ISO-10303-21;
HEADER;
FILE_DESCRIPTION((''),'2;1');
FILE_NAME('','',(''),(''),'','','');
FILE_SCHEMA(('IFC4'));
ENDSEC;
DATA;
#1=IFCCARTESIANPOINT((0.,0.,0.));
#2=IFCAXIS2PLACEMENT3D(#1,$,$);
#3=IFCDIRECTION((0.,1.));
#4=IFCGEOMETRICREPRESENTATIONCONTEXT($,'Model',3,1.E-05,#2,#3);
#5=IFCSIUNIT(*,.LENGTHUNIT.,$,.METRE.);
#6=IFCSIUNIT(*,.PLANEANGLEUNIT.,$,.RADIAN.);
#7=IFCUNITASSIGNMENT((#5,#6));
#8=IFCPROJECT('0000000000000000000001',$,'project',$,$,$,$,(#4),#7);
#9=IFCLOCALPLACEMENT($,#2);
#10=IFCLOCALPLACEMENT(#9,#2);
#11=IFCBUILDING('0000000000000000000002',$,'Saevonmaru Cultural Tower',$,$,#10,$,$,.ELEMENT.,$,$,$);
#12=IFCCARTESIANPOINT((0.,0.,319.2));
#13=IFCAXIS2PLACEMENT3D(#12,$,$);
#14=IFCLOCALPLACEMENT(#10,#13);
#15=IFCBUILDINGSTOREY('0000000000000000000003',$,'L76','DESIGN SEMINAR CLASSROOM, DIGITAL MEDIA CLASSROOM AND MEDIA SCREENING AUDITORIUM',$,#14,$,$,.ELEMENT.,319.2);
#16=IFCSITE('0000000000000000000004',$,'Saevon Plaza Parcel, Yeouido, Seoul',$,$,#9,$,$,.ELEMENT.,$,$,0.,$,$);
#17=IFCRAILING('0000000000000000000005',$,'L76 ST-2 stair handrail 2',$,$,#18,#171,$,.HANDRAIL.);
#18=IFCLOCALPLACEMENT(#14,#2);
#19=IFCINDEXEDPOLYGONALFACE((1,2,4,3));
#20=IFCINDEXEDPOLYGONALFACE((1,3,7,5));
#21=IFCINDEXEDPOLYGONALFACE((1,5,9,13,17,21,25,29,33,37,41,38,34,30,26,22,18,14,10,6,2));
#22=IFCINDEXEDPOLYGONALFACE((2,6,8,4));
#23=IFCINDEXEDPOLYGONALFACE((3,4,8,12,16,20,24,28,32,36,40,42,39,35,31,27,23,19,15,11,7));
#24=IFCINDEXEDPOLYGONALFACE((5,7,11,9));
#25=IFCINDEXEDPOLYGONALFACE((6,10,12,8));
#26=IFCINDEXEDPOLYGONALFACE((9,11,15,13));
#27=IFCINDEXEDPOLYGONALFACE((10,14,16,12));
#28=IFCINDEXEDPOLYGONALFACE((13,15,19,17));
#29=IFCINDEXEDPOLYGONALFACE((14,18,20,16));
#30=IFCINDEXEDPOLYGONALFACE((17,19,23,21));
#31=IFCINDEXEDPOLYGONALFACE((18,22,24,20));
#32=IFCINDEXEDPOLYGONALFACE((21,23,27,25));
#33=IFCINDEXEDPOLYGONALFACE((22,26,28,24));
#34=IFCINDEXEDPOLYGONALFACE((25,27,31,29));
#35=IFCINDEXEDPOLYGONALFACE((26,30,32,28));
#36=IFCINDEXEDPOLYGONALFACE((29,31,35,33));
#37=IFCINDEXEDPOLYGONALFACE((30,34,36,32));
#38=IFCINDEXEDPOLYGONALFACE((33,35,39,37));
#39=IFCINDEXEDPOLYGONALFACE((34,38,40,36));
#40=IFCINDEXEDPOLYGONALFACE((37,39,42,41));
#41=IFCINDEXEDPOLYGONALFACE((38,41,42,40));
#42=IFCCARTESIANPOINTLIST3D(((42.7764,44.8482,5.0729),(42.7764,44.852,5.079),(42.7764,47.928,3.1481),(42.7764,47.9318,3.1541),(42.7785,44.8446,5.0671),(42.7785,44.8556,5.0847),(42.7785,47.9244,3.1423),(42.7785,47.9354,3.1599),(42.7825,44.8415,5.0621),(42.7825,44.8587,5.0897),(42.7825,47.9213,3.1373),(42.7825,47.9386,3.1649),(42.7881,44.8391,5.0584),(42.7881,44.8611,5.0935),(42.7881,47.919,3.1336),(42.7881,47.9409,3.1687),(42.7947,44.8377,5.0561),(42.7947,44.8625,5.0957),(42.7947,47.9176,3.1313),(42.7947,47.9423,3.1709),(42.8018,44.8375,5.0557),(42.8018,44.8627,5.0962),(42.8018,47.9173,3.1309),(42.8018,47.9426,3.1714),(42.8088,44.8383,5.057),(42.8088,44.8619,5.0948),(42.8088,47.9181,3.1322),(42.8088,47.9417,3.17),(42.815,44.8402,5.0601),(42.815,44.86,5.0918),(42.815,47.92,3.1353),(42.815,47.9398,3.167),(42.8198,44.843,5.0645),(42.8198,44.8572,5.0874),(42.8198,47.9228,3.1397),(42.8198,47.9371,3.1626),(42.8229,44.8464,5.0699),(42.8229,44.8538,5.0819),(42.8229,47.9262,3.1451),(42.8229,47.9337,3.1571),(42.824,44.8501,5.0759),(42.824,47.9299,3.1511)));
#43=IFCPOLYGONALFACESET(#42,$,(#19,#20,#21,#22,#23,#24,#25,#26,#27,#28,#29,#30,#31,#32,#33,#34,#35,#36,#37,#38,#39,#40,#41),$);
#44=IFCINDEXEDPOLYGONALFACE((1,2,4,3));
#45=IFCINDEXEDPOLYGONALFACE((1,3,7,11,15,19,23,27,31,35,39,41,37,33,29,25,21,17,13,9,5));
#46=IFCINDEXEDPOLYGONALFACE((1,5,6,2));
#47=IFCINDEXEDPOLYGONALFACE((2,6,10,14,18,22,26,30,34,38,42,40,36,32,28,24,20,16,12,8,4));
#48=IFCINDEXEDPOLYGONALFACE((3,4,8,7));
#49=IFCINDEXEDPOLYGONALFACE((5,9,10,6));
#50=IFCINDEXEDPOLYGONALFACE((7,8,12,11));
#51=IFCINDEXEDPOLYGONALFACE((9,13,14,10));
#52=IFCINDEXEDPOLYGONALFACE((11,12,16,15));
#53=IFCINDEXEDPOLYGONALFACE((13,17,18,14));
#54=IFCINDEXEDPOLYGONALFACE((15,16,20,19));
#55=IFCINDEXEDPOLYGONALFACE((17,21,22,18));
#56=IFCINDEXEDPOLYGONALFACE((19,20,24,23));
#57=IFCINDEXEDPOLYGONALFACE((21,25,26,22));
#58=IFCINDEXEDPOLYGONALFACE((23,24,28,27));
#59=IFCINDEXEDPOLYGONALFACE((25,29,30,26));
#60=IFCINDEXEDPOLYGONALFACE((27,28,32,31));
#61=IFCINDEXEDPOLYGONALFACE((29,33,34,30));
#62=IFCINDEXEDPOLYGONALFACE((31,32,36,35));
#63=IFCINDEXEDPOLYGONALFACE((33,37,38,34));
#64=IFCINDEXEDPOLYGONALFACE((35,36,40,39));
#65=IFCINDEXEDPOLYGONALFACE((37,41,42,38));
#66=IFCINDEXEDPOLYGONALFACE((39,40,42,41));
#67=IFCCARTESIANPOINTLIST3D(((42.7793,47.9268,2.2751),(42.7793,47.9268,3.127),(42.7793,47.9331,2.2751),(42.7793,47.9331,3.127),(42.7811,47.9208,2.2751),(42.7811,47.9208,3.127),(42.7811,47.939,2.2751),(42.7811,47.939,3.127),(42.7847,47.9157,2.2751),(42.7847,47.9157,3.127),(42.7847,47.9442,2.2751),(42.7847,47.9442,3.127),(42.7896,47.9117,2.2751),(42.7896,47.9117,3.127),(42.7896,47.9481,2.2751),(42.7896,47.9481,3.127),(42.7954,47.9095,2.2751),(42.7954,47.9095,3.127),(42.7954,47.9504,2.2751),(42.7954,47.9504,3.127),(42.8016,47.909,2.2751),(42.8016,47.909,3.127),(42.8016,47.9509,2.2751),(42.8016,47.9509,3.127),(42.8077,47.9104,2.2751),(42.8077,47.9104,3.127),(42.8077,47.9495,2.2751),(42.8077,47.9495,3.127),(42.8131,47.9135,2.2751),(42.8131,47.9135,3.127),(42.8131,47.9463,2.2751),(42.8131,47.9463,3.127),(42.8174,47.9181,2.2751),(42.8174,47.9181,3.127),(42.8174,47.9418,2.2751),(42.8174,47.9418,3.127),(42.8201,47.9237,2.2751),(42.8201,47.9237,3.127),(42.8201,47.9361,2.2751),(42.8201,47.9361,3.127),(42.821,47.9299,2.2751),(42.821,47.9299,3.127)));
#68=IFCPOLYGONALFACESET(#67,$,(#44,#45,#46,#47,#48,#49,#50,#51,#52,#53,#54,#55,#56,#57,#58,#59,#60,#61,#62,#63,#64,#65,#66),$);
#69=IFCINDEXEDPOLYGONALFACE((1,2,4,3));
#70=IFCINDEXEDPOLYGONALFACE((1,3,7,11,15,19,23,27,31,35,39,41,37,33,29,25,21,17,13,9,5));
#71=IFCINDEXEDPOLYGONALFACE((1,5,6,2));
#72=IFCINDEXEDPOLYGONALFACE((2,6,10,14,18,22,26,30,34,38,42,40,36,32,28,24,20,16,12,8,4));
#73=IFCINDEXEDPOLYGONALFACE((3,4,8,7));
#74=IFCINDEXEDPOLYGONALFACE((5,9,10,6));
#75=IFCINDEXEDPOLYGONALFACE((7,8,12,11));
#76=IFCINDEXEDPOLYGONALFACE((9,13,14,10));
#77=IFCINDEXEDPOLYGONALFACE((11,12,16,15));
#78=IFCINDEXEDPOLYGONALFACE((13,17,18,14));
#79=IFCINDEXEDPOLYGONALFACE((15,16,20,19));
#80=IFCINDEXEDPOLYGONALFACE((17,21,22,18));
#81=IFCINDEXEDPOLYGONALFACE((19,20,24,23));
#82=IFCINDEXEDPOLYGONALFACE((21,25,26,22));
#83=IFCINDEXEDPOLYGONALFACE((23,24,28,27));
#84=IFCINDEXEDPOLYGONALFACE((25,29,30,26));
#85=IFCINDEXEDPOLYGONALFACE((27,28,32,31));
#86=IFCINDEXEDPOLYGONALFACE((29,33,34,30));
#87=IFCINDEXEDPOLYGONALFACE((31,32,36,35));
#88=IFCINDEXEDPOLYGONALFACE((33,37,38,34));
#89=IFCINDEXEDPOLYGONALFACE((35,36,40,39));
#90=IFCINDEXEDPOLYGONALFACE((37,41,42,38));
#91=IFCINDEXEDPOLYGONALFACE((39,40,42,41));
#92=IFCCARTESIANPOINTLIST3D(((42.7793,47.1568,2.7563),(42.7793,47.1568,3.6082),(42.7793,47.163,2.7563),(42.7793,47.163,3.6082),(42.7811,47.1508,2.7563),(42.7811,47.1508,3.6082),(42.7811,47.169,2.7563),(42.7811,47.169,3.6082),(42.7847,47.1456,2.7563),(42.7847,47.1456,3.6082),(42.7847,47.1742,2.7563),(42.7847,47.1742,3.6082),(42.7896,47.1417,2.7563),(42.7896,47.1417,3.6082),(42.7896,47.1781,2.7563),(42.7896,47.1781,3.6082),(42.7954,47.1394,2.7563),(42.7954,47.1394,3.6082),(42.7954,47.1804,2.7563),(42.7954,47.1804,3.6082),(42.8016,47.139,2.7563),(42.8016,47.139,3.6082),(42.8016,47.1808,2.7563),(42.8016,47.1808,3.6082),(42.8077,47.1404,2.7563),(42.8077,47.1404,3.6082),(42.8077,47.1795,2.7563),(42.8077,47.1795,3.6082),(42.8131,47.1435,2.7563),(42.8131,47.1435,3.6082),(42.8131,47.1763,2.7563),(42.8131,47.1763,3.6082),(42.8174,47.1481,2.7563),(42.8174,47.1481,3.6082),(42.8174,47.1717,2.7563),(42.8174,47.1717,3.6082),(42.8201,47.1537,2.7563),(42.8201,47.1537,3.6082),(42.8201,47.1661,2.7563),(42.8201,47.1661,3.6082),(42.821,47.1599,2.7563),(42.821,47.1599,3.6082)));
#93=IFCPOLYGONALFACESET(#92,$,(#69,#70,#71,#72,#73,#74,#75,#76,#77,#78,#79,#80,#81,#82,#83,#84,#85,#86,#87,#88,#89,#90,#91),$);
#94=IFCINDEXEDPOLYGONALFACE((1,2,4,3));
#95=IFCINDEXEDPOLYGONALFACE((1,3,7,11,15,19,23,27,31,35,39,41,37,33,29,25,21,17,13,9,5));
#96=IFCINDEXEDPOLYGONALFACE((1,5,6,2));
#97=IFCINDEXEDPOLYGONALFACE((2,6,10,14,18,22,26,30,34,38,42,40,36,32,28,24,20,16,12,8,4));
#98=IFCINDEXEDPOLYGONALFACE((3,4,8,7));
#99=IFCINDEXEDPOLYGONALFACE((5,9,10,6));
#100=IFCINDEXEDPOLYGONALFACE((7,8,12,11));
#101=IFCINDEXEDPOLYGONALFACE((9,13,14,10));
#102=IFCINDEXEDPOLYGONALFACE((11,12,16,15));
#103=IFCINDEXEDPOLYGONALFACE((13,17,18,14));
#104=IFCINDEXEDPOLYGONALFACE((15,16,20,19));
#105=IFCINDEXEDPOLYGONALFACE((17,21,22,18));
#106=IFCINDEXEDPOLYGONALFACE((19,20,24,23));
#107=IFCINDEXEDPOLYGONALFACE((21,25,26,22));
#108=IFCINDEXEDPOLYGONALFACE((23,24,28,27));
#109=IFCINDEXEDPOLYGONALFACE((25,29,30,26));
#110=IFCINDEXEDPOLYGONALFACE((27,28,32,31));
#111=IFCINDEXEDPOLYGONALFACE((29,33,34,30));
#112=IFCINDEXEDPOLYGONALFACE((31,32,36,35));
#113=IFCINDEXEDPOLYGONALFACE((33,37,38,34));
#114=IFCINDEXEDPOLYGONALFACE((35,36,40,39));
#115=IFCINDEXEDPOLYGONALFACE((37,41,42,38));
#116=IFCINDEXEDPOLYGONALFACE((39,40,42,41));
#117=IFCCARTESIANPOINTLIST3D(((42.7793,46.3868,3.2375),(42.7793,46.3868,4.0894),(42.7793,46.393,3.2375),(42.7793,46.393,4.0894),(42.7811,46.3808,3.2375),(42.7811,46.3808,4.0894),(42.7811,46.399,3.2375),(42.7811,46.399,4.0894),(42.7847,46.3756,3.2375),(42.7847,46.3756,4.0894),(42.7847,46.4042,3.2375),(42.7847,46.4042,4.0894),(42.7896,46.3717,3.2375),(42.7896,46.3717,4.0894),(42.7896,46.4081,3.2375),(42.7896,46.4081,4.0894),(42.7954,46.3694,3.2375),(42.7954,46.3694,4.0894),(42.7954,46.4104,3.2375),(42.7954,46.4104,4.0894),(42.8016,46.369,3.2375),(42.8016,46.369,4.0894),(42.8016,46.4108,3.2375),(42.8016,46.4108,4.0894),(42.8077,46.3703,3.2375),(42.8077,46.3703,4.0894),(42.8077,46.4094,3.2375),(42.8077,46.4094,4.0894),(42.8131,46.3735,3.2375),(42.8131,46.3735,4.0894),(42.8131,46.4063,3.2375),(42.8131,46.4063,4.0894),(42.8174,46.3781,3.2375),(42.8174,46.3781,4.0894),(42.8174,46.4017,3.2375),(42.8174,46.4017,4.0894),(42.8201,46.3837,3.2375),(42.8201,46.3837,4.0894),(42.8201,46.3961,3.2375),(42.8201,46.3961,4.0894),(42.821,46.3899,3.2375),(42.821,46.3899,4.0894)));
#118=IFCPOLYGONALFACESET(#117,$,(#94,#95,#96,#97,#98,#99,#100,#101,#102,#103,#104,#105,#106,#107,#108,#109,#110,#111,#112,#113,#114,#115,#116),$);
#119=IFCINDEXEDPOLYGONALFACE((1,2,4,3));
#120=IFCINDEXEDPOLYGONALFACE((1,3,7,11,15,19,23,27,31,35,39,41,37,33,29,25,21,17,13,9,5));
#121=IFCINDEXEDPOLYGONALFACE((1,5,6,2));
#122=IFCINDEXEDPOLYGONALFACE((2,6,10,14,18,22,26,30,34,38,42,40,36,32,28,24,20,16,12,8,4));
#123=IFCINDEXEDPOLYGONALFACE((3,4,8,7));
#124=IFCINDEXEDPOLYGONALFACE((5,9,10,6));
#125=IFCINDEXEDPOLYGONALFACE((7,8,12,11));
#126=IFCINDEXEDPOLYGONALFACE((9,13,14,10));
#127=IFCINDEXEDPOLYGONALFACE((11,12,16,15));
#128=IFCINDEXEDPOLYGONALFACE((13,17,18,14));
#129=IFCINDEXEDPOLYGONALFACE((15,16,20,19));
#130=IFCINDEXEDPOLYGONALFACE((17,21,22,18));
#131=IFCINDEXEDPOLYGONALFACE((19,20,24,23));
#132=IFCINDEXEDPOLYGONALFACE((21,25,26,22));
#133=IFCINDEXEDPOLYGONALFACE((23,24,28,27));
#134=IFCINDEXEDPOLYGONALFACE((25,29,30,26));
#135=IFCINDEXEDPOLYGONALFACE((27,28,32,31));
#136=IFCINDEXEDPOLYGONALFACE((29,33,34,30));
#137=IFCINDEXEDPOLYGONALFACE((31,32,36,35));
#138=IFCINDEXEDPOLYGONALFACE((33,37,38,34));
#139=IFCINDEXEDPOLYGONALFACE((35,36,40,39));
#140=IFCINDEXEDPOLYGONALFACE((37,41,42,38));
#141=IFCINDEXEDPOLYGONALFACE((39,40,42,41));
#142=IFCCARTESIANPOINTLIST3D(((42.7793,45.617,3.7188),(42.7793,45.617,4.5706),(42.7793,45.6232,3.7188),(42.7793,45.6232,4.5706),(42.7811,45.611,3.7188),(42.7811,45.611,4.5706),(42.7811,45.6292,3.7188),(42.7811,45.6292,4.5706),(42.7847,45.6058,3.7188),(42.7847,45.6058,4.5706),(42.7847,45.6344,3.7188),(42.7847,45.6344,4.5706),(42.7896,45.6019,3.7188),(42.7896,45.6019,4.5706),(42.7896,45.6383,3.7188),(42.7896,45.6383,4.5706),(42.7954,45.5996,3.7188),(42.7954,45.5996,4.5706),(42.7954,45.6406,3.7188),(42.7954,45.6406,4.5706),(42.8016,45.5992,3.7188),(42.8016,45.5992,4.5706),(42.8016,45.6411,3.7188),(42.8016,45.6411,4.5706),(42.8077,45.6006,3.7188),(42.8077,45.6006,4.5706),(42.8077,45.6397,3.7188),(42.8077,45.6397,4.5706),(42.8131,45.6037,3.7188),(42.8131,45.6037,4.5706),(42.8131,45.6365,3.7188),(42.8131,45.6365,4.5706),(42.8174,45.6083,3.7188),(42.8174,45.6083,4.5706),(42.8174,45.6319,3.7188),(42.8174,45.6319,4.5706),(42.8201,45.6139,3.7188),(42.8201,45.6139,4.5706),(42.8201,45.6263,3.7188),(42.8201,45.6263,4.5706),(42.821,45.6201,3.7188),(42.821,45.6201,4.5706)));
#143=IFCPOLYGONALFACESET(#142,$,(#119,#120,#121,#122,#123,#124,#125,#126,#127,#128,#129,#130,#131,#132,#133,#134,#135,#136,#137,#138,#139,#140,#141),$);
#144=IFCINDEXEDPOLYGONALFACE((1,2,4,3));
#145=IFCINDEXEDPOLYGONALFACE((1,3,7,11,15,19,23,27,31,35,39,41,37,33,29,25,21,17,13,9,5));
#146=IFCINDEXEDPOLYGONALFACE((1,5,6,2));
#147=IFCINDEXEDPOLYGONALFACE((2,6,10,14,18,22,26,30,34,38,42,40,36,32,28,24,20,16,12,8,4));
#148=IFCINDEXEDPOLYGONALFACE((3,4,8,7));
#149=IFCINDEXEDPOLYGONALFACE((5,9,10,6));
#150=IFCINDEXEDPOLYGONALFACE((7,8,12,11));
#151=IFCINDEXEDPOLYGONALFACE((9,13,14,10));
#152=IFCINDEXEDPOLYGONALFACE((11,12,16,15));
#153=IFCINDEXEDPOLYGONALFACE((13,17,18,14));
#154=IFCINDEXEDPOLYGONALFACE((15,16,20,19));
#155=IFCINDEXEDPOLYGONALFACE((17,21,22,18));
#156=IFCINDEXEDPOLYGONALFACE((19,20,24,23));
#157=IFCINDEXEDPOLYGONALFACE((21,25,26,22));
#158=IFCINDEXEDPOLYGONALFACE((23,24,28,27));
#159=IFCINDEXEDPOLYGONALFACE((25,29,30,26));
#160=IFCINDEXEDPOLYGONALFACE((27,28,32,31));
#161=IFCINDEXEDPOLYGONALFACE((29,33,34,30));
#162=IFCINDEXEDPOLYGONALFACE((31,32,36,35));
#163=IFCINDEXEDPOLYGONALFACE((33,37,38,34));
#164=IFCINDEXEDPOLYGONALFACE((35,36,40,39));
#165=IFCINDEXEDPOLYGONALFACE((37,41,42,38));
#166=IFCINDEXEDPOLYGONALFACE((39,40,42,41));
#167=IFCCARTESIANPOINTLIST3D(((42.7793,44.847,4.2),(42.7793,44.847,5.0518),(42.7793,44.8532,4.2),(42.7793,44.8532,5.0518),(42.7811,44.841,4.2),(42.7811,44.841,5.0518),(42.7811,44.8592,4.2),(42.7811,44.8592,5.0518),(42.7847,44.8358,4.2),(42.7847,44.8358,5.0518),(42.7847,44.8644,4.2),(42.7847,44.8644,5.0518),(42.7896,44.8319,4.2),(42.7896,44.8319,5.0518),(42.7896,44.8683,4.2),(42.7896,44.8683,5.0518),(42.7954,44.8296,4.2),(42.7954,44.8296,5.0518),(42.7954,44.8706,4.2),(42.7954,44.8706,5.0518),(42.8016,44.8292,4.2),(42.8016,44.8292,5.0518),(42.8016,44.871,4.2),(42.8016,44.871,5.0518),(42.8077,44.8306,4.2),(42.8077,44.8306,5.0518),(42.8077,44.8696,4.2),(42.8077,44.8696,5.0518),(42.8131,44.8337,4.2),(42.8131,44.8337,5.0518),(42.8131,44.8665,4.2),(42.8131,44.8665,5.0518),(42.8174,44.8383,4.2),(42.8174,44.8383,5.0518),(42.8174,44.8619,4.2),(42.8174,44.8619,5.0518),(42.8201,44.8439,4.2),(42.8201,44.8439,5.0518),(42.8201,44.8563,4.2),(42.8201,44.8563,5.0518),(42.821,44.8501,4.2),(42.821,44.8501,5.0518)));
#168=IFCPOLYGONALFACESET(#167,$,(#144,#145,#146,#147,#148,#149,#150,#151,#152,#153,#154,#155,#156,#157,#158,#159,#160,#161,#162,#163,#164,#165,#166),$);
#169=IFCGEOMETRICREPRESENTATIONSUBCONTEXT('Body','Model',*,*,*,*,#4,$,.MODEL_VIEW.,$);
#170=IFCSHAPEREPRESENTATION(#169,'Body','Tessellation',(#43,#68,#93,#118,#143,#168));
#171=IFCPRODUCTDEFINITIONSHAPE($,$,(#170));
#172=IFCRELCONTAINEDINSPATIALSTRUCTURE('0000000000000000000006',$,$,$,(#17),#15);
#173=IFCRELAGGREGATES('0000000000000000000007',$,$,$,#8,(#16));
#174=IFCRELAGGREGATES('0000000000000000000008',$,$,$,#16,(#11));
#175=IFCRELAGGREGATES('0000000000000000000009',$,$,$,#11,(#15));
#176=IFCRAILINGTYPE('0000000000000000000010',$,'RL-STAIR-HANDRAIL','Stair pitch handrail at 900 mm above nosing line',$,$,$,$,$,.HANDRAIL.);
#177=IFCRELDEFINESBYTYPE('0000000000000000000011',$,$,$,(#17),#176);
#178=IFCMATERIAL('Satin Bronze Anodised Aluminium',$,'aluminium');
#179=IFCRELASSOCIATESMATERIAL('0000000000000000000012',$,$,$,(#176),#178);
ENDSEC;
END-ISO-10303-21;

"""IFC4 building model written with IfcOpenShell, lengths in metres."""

from ifc_helpers import new_model, si_unit, direction, frame, origin, origin_2d, place, context, subcontext, project, spatial, circle, extrude, material, type_object, element, save


model = new_model("IFC4")

# Units and contexts
model_context = context("Model", 3, precision=1e-05, world=origin(), true_north=direction((0.0, 1.0)))
body_context = subcontext(model_context, "Body", "Model", "MODEL_VIEW")
ifc_project = project(units=[si_unit("LENGTHUNIT", "METRE"), si_unit("PLANEANGLEUNIT", "RADIAN")], contexts=[model_context])

# Site, building, storey
site_placement = place(None, origin())
site = spatial("IfcSite", under=ifc_project, at=site_placement, Name="Saevon Plaza Parcel, Yeouido, Seoul", CompositionType="ELEMENT", RefElevation=0.0)
building_placement = place(site_placement, origin())
building = spatial("IfcBuilding", under=site, at=building_placement, Name="Saevonmaru Cultural Tower", CompositionType="ELEMENT")
storey_placement = place(building_placement, frame((0.0, 0.0, 319.2)))
storey = spatial("IfcBuildingStorey", under=building, at=storey_placement, Name="L76", Description="DESIGN SEMINAR CLASSROOM, DIGITAL MEDIA CLASSROOM AND MEDIA SCREENING AUDITORIUM", CompositionType="ELEMENT", Elevation=319.2)

# Shared definitions
ifc_material_1 = material(Name="Satin Bronze Anodised Aluminium", Category="aluminium")

# Railing
railing_type_1 = type_object("IfcRailingType", Name="RL-STAIR-HANDRAIL", Description="Stair pitch handrail at 900 mm above nosing line", PredefinedType="HANDRAIL", material=ifc_material_1)
railing_1_placement = place(storey_placement, frame((42.8, 47.9299, 2.2751)))
element("IfcRailing", 1, at=railing_1_placement, inside=storey, type_object=railing_type_1, Name="L76 ST-2 stair handrail 2", PredefinedType="HANDRAIL", context=body_context, shape_type="SweptSolid", body=[
    extrude(circle(Radius=0.0239, at=origin_2d()), frame((0.0, 0.0, 0.876), z_axis=(0.0, -0.84801, 0.529981), x_axis=(1.0, 0.0, 0.0)), (0.0, 0.0, 1.0), 3.6318),
    extrude(circle(Radius=0.021, at=origin_2d()), origin(), (0.0, 0.0, 1.0), 0.8518),
    extrude(circle(Radius=0.021, at=origin_2d()), frame((0.0, -0.77, 0.4812)), (0.0, 0.0, 1.0), 0.8518),
    extrude(circle(Radius=0.021, at=origin_2d()), frame((0.0, -1.54, 0.9624)), (0.0, 0.0, 1.0), 0.8518),
    extrude(circle(Radius=0.021, at=origin_2d()), frame((0.0, -2.3098, 1.4436)), (0.0, 0.0, 1.0), 0.8518),
    extrude(circle(Radius=0.021, at=origin_2d()), frame((0.0, -3.0798, 1.9248)), (0.0, 0.0, 1.0), 0.8518),
])

save(model, "model.ifc")
